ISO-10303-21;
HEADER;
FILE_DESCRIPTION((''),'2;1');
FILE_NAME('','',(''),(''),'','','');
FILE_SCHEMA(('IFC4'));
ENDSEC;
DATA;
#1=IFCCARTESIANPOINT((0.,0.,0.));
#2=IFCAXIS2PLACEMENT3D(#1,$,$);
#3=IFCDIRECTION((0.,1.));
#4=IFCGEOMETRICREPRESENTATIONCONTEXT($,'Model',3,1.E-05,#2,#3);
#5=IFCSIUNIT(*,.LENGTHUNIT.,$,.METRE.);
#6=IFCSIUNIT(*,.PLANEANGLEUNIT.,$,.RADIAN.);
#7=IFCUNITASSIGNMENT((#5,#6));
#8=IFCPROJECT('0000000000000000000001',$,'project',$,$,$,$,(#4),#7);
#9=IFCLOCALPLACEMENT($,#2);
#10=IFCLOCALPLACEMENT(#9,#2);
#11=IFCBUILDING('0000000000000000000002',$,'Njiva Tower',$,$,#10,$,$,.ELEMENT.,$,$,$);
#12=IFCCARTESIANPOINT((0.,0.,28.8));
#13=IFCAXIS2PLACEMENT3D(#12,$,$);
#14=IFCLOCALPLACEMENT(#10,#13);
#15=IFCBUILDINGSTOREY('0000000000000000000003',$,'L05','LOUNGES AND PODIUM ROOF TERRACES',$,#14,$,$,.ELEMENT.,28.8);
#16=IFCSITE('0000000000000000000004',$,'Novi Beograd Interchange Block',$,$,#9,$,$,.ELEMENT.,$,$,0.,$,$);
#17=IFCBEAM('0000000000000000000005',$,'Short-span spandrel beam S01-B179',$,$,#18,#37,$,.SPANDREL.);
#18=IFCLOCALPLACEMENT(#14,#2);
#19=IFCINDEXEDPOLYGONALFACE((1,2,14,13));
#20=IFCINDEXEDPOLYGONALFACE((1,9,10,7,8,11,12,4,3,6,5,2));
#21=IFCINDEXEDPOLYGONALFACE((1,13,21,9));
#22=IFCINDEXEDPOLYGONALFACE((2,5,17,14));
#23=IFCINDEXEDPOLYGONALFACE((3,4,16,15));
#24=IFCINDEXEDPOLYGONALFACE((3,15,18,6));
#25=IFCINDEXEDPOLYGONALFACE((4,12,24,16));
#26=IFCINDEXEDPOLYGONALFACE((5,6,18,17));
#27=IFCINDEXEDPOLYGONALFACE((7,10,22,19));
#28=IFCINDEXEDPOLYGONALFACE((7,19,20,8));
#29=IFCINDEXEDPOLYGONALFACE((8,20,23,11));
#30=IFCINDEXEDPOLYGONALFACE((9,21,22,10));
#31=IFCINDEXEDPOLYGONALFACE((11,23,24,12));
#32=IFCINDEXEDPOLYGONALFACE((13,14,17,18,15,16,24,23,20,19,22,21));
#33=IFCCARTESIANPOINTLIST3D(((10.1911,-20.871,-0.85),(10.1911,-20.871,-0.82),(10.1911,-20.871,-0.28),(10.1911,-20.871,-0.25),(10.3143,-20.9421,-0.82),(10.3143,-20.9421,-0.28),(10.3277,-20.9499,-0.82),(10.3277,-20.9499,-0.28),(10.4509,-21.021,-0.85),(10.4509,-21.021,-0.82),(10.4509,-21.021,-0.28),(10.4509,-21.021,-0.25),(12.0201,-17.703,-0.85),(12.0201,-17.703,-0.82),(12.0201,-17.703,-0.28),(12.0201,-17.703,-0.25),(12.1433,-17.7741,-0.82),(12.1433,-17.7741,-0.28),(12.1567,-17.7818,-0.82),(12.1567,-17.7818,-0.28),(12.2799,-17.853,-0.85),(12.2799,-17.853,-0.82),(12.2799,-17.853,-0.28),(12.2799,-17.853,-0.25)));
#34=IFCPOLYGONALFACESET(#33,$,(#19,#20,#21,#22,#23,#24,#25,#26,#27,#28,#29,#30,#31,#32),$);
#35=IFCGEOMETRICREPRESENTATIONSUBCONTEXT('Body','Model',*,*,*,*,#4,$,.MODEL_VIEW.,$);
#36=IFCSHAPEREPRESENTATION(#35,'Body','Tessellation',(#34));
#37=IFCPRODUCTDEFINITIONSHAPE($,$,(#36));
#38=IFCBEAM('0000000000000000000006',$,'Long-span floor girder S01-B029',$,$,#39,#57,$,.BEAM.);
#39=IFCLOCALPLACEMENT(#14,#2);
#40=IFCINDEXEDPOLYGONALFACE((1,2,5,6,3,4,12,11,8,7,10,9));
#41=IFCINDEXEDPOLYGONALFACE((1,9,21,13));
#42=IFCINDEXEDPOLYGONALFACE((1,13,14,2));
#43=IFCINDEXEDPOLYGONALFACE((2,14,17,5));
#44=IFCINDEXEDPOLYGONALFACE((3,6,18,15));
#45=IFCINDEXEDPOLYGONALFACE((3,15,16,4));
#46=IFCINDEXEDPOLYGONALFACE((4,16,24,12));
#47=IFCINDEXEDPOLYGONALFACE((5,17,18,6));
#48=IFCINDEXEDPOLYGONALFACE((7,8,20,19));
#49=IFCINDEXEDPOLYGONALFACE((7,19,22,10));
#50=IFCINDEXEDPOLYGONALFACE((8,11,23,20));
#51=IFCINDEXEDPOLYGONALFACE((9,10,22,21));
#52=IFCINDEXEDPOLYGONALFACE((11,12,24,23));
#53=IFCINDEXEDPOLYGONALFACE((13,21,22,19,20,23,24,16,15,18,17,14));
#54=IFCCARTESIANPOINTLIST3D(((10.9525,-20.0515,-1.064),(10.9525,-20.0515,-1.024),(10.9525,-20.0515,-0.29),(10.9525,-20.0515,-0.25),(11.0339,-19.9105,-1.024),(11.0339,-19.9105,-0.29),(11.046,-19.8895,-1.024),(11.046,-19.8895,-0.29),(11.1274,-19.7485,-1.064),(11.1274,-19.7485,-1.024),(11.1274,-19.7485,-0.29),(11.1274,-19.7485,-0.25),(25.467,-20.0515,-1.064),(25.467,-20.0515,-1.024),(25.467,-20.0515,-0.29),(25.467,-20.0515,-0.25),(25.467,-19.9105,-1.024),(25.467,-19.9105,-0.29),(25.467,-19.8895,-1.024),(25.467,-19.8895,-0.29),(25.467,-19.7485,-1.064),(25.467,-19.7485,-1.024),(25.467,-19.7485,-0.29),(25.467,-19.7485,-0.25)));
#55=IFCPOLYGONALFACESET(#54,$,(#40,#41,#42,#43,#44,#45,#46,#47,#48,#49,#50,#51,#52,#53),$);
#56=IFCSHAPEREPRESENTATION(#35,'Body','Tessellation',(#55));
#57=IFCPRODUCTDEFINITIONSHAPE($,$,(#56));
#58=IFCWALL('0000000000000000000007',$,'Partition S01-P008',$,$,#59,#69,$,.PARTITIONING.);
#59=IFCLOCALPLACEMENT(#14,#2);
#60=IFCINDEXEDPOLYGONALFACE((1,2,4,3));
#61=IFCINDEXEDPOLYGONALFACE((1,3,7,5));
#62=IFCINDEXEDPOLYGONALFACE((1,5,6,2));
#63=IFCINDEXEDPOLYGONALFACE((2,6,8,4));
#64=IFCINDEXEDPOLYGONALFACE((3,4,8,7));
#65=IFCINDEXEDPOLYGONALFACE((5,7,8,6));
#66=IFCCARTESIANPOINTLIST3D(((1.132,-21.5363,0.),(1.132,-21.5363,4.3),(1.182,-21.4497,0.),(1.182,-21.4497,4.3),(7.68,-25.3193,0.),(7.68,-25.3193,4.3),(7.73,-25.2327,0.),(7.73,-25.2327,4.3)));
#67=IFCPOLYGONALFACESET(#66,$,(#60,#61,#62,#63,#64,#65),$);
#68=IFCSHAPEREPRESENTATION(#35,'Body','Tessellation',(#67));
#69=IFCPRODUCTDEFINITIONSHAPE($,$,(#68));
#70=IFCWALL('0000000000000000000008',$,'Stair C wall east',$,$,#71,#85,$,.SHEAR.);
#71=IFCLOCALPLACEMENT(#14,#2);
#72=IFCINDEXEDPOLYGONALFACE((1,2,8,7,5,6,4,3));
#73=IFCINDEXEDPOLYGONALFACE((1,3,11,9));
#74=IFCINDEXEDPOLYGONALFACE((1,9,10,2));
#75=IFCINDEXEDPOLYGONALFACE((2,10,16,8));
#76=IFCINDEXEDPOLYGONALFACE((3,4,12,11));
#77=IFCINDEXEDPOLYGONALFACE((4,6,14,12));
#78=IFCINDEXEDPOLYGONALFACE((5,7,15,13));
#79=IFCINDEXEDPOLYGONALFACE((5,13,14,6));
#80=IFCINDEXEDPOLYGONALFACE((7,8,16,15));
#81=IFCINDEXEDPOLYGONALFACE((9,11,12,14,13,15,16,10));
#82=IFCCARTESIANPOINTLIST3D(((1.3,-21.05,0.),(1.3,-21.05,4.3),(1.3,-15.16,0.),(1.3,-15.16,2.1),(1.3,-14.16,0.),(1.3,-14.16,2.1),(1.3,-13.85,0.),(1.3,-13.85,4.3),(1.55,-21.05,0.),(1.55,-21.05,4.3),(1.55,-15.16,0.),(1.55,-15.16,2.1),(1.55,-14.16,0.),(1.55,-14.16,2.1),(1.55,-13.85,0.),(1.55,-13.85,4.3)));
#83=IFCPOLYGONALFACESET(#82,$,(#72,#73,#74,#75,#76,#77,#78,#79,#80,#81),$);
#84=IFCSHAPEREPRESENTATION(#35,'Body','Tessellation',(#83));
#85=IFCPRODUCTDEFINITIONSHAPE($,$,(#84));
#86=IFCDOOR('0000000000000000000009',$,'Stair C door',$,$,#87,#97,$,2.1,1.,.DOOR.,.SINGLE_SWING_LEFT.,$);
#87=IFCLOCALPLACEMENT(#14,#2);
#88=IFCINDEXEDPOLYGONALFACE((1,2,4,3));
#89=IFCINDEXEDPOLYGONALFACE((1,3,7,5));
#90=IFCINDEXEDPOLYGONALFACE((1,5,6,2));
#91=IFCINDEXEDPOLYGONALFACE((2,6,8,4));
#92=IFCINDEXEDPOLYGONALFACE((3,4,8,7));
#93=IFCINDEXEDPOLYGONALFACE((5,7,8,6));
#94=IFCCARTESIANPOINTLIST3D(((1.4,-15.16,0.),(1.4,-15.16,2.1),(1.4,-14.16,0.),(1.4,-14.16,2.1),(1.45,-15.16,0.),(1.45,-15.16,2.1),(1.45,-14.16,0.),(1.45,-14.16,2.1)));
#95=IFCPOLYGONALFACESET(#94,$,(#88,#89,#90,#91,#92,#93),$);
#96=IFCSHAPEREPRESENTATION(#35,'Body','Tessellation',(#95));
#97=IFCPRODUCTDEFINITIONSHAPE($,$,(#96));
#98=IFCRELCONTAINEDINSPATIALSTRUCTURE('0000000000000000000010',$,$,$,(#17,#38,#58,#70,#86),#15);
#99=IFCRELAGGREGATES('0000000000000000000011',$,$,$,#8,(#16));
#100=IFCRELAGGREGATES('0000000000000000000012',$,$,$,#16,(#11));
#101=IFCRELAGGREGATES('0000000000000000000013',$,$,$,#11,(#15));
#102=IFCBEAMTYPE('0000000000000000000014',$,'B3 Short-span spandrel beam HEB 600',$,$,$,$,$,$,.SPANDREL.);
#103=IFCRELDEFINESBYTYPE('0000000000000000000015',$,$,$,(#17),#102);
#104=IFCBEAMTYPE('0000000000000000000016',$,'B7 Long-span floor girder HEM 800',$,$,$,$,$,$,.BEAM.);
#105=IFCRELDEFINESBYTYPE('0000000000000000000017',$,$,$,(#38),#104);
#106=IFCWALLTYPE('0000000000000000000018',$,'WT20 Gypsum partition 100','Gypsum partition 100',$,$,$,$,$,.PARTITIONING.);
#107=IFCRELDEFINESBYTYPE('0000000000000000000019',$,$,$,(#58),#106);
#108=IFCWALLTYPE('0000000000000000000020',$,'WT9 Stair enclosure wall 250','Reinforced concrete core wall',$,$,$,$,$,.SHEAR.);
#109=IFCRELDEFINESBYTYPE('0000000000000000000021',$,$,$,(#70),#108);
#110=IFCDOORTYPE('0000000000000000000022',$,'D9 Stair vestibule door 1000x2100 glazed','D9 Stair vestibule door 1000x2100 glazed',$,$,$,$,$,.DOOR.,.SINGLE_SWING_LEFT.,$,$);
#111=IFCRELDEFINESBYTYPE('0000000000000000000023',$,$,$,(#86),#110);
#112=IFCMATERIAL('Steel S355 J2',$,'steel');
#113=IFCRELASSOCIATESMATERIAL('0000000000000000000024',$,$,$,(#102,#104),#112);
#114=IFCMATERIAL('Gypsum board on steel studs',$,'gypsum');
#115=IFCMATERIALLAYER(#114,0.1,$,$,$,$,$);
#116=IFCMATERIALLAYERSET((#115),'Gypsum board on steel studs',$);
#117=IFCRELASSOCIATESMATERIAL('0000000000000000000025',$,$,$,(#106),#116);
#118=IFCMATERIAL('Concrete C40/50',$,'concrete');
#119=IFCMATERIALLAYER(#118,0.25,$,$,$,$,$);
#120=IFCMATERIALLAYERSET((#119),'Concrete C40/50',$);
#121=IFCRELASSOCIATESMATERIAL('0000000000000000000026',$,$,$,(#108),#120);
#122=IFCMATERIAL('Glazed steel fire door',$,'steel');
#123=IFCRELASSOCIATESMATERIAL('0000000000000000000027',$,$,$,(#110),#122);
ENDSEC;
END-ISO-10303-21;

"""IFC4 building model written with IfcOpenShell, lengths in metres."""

from ifc_helpers import new_model, si_unit, direction, frame, frame_2d, origin, origin_2d, place, context, subcontext, project, spatial, rectangle, i_section, extrude, clip, halfspace, material, layer, layer_set, material_profile, profile_set, type_object, element, fill, save


model = new_model("IFC4")

# Units and contexts
model_context = context("Model", 3, precision=1e-05, world=origin(), true_north=direction((0.0, 1.0)))
body_context = subcontext(model_context, "Body", "Model", "MODEL_VIEW")
ifc_project = project(units=[si_unit("LENGTHUNIT", "METRE"), si_unit("PLANEANGLEUNIT", "RADIAN")], contexts=[model_context])

# Site, building, storey
site_placement = place(None, origin())
site = spatial("IfcSite", under=ifc_project, at=site_placement, Name="Novi Beograd Interchange Block", CompositionType="ELEMENT", RefElevation=0.0)
building_placement = place(site_placement, origin())
building = spatial("IfcBuilding", under=site, at=building_placement, Name="Njiva Tower", CompositionType="ELEMENT")
storey_placement = place(building_placement, frame((0.0, 0.0, 28.8)))
storey = spatial("IfcBuildingStorey", under=building, at=storey_placement, Name="L05", Description="LOUNGES AND PODIUM ROOF TERRACES", CompositionType="ELEMENT", Elevation=28.8)

# Shared definitions
ifc_material_1 = material(Name="Steel S355 J2", Category="steel")

# Beams
ifc_material_profile_1 = material_profile(ifc_material_1, i_section(OverallWidth=0.3, OverallDepth=0.6, WebThickness=0.0155, FlangeThickness=0.03, at=origin_2d()), Name="HEB 600")
ifc_profile_set_1 = profile_set([ifc_material_profile_1], Name="Steel S355 J2")
beam_type_1 = type_object("IfcBeamType", Name="B3 Short-span spandrel beam HEB 600", PredefinedType="SPANDREL", material=ifc_profile_set_1)
for number, where, z_axis, x_axis, name in (
    (1, (10.321, -20.946, -0.55), (0.499991, 0.866031, 0.0), (-0.866031, 0.499991, 0.0), "Short-span spandrel beam S01-B179"),
):
    element("IfcBeam", number, at=place(storey_placement, frame(where, z_axis=z_axis, x_axis=x_axis)), inside=storey, type_object=beam_type_1, Name=name, PredefinedType="SPANDREL", context=body_context, shape_type="SweptSolid", body=[
        extrude(i_section(OverallWidth=0.3, OverallDepth=0.6, WebThickness=0.0155, FlangeThickness=0.03, at=origin_2d()), origin(), (0.0, 0.0, 1.0), 3.6581),
    ])
ifc_material_profile_2 = material_profile(ifc_material_1, i_section(OverallWidth=0.303, OverallDepth=0.814, WebThickness=0.021, FlangeThickness=0.04, at=origin_2d()), Name="HEM 800")
ifc_profile_set_2 = profile_set([ifc_material_profile_2], Name="Steel S355 J2")
beam_type_2 = type_object("IfcBeamType", Name="B7 Long-span floor girder HEM 800", PredefinedType="BEAM", material=ifc_profile_set_2)
beam_1_placement = place(storey_placement, frame((10.933, -19.9, -0.657), z_axis=(1.0, 0.0, 0.0), x_axis=(0.0, 1.0, 0.0)))
element("IfcBeam", 2, at=beam_1_placement, inside=storey, type_object=beam_type_2, Name="Long-span floor girder S01-B029", PredefinedType="BEAM", context=body_context, shape_type="Clipping", body=[
    clip(extrude(i_section(OverallWidth=0.303, OverallDepth=0.814, WebThickness=0.021, FlangeThickness=0.04, at=origin_2d()), origin(), (0.0, 0.0, 1.0), 14.534), halfspace(frame((0.025, 0.0, 0.1214), z_axis=(0.499998, 0.0, -0.866027), x_axis=(0.0, -1.0, 0.0)), False)),
])

# Wall
ifc_material_2 = material(Name="Gypsum board on steel studs", Category="gypsum")
ifc_layer_1 = layer(ifc_material_2, 0.1)
ifc_layer_set_1 = layer_set([ifc_layer_1], Name="Gypsum board on steel studs")
wall_type_1 = type_object("IfcWallType", Name="WT20 Gypsum partition 100", Description="Gypsum partition 100", PredefinedType="PARTITIONING", material=ifc_layer_set_1)
wall_1_placement = place(storey_placement, frame((1.157, -21.493, 0.0), z_axis=(0.0, 0.0, 1.0), x_axis=(0.865882, -0.500249, 0.0)))
element("IfcWall", 3, at=wall_1_placement, inside=storey, type_object=wall_type_1, Name="Partition S01-P008", PredefinedType="PARTITIONING", context=body_context, shape_type="SweptSolid", body=[
    extrude(rectangle(XDim=7.5622, YDim=0.1, at=frame_2d((3.7811, 0.0))), origin(), (0.0, 0.0, 1.0), 4.3),
])

# Wall, opening, door
ifc_material_3 = material(Name="Concrete C40/50", Category="concrete")
ifc_layer_2 = layer(ifc_material_3, 0.25)
ifc_layer_set_2 = layer_set([ifc_layer_2], Name="Concrete C40/50")
wall_type_2 = type_object("IfcWallType", Name="WT9 Stair enclosure wall 250", Description="Reinforced concrete core wall", PredefinedType="SHEAR", material=ifc_layer_set_2)
wall_2_placement = place(storey_placement, frame((1.425, -21.05, 0.0), z_axis=(0.0, 0.0, 1.0), x_axis=(0.0, 1.0, 0.0)))
wall_2 = element("IfcWall", 4, at=wall_2_placement, inside=storey, type_object=wall_type_2, Name="Stair C wall east", PredefinedType="SHEAR", context=body_context, shape_type="SweptSolid", body=[
    extrude(rectangle(XDim=7.2, YDim=0.25, at=frame_2d((3.6, 0.0))), origin(), (0.0, 0.0, 1.0), 4.3),
])
opening_1_placement = place(wall_2_placement, frame((5.89, 0.0, 0.0)))
opening_1 = element("IfcOpeningElement", 5, at=opening_1_placement, cuts=wall_2, PredefinedType="OPENING", context=body_context, shape_type="SweptSolid", body=[
    extrude(rectangle(XDim=1.0, YDim=2.1, at=frame_2d((0.5, 1.05))), frame((0.0, 0.135, 0.0), z_axis=(0.0, -1.0, 0.0), x_axis=(1.0, 0.0, 0.0)), (0.0, 0.0, 1.0), 0.27),
])
ifc_material_4 = material(Name="Glazed steel fire door", Category="steel")
door_type_1 = type_object("IfcDoorType", Name="D9 Stair vestibule door 1000x2100 glazed", Description="D9 Stair vestibule door 1000x2100 glazed", OperationType="SINGLE_SWING_LEFT", PredefinedType="DOOR", material=ifc_material_4)
door_1_placement = place(opening_1_placement, origin())
door_1 = element("IfcDoor", 6, at=door_1_placement, inside=storey, type_object=door_type_1, Name="Stair C door", OperationType="SINGLE_SWING_LEFT", OverallHeight=2.1, OverallWidth=1.0, PredefinedType="DOOR", context=body_context, shape_type="SweptSolid", body=[
    extrude(rectangle(XDim=1.0, YDim=2.1, at=frame_2d((0.5, 1.05))), frame((0.0, 0.025, 0.0), z_axis=(0.0, -1.0, 0.0), x_axis=(1.0, 0.0, 0.0)), (0.0, 0.0, 1.0), 0.05),
])
fill(opening_1, door_1)

save(model, "model.ifc")
